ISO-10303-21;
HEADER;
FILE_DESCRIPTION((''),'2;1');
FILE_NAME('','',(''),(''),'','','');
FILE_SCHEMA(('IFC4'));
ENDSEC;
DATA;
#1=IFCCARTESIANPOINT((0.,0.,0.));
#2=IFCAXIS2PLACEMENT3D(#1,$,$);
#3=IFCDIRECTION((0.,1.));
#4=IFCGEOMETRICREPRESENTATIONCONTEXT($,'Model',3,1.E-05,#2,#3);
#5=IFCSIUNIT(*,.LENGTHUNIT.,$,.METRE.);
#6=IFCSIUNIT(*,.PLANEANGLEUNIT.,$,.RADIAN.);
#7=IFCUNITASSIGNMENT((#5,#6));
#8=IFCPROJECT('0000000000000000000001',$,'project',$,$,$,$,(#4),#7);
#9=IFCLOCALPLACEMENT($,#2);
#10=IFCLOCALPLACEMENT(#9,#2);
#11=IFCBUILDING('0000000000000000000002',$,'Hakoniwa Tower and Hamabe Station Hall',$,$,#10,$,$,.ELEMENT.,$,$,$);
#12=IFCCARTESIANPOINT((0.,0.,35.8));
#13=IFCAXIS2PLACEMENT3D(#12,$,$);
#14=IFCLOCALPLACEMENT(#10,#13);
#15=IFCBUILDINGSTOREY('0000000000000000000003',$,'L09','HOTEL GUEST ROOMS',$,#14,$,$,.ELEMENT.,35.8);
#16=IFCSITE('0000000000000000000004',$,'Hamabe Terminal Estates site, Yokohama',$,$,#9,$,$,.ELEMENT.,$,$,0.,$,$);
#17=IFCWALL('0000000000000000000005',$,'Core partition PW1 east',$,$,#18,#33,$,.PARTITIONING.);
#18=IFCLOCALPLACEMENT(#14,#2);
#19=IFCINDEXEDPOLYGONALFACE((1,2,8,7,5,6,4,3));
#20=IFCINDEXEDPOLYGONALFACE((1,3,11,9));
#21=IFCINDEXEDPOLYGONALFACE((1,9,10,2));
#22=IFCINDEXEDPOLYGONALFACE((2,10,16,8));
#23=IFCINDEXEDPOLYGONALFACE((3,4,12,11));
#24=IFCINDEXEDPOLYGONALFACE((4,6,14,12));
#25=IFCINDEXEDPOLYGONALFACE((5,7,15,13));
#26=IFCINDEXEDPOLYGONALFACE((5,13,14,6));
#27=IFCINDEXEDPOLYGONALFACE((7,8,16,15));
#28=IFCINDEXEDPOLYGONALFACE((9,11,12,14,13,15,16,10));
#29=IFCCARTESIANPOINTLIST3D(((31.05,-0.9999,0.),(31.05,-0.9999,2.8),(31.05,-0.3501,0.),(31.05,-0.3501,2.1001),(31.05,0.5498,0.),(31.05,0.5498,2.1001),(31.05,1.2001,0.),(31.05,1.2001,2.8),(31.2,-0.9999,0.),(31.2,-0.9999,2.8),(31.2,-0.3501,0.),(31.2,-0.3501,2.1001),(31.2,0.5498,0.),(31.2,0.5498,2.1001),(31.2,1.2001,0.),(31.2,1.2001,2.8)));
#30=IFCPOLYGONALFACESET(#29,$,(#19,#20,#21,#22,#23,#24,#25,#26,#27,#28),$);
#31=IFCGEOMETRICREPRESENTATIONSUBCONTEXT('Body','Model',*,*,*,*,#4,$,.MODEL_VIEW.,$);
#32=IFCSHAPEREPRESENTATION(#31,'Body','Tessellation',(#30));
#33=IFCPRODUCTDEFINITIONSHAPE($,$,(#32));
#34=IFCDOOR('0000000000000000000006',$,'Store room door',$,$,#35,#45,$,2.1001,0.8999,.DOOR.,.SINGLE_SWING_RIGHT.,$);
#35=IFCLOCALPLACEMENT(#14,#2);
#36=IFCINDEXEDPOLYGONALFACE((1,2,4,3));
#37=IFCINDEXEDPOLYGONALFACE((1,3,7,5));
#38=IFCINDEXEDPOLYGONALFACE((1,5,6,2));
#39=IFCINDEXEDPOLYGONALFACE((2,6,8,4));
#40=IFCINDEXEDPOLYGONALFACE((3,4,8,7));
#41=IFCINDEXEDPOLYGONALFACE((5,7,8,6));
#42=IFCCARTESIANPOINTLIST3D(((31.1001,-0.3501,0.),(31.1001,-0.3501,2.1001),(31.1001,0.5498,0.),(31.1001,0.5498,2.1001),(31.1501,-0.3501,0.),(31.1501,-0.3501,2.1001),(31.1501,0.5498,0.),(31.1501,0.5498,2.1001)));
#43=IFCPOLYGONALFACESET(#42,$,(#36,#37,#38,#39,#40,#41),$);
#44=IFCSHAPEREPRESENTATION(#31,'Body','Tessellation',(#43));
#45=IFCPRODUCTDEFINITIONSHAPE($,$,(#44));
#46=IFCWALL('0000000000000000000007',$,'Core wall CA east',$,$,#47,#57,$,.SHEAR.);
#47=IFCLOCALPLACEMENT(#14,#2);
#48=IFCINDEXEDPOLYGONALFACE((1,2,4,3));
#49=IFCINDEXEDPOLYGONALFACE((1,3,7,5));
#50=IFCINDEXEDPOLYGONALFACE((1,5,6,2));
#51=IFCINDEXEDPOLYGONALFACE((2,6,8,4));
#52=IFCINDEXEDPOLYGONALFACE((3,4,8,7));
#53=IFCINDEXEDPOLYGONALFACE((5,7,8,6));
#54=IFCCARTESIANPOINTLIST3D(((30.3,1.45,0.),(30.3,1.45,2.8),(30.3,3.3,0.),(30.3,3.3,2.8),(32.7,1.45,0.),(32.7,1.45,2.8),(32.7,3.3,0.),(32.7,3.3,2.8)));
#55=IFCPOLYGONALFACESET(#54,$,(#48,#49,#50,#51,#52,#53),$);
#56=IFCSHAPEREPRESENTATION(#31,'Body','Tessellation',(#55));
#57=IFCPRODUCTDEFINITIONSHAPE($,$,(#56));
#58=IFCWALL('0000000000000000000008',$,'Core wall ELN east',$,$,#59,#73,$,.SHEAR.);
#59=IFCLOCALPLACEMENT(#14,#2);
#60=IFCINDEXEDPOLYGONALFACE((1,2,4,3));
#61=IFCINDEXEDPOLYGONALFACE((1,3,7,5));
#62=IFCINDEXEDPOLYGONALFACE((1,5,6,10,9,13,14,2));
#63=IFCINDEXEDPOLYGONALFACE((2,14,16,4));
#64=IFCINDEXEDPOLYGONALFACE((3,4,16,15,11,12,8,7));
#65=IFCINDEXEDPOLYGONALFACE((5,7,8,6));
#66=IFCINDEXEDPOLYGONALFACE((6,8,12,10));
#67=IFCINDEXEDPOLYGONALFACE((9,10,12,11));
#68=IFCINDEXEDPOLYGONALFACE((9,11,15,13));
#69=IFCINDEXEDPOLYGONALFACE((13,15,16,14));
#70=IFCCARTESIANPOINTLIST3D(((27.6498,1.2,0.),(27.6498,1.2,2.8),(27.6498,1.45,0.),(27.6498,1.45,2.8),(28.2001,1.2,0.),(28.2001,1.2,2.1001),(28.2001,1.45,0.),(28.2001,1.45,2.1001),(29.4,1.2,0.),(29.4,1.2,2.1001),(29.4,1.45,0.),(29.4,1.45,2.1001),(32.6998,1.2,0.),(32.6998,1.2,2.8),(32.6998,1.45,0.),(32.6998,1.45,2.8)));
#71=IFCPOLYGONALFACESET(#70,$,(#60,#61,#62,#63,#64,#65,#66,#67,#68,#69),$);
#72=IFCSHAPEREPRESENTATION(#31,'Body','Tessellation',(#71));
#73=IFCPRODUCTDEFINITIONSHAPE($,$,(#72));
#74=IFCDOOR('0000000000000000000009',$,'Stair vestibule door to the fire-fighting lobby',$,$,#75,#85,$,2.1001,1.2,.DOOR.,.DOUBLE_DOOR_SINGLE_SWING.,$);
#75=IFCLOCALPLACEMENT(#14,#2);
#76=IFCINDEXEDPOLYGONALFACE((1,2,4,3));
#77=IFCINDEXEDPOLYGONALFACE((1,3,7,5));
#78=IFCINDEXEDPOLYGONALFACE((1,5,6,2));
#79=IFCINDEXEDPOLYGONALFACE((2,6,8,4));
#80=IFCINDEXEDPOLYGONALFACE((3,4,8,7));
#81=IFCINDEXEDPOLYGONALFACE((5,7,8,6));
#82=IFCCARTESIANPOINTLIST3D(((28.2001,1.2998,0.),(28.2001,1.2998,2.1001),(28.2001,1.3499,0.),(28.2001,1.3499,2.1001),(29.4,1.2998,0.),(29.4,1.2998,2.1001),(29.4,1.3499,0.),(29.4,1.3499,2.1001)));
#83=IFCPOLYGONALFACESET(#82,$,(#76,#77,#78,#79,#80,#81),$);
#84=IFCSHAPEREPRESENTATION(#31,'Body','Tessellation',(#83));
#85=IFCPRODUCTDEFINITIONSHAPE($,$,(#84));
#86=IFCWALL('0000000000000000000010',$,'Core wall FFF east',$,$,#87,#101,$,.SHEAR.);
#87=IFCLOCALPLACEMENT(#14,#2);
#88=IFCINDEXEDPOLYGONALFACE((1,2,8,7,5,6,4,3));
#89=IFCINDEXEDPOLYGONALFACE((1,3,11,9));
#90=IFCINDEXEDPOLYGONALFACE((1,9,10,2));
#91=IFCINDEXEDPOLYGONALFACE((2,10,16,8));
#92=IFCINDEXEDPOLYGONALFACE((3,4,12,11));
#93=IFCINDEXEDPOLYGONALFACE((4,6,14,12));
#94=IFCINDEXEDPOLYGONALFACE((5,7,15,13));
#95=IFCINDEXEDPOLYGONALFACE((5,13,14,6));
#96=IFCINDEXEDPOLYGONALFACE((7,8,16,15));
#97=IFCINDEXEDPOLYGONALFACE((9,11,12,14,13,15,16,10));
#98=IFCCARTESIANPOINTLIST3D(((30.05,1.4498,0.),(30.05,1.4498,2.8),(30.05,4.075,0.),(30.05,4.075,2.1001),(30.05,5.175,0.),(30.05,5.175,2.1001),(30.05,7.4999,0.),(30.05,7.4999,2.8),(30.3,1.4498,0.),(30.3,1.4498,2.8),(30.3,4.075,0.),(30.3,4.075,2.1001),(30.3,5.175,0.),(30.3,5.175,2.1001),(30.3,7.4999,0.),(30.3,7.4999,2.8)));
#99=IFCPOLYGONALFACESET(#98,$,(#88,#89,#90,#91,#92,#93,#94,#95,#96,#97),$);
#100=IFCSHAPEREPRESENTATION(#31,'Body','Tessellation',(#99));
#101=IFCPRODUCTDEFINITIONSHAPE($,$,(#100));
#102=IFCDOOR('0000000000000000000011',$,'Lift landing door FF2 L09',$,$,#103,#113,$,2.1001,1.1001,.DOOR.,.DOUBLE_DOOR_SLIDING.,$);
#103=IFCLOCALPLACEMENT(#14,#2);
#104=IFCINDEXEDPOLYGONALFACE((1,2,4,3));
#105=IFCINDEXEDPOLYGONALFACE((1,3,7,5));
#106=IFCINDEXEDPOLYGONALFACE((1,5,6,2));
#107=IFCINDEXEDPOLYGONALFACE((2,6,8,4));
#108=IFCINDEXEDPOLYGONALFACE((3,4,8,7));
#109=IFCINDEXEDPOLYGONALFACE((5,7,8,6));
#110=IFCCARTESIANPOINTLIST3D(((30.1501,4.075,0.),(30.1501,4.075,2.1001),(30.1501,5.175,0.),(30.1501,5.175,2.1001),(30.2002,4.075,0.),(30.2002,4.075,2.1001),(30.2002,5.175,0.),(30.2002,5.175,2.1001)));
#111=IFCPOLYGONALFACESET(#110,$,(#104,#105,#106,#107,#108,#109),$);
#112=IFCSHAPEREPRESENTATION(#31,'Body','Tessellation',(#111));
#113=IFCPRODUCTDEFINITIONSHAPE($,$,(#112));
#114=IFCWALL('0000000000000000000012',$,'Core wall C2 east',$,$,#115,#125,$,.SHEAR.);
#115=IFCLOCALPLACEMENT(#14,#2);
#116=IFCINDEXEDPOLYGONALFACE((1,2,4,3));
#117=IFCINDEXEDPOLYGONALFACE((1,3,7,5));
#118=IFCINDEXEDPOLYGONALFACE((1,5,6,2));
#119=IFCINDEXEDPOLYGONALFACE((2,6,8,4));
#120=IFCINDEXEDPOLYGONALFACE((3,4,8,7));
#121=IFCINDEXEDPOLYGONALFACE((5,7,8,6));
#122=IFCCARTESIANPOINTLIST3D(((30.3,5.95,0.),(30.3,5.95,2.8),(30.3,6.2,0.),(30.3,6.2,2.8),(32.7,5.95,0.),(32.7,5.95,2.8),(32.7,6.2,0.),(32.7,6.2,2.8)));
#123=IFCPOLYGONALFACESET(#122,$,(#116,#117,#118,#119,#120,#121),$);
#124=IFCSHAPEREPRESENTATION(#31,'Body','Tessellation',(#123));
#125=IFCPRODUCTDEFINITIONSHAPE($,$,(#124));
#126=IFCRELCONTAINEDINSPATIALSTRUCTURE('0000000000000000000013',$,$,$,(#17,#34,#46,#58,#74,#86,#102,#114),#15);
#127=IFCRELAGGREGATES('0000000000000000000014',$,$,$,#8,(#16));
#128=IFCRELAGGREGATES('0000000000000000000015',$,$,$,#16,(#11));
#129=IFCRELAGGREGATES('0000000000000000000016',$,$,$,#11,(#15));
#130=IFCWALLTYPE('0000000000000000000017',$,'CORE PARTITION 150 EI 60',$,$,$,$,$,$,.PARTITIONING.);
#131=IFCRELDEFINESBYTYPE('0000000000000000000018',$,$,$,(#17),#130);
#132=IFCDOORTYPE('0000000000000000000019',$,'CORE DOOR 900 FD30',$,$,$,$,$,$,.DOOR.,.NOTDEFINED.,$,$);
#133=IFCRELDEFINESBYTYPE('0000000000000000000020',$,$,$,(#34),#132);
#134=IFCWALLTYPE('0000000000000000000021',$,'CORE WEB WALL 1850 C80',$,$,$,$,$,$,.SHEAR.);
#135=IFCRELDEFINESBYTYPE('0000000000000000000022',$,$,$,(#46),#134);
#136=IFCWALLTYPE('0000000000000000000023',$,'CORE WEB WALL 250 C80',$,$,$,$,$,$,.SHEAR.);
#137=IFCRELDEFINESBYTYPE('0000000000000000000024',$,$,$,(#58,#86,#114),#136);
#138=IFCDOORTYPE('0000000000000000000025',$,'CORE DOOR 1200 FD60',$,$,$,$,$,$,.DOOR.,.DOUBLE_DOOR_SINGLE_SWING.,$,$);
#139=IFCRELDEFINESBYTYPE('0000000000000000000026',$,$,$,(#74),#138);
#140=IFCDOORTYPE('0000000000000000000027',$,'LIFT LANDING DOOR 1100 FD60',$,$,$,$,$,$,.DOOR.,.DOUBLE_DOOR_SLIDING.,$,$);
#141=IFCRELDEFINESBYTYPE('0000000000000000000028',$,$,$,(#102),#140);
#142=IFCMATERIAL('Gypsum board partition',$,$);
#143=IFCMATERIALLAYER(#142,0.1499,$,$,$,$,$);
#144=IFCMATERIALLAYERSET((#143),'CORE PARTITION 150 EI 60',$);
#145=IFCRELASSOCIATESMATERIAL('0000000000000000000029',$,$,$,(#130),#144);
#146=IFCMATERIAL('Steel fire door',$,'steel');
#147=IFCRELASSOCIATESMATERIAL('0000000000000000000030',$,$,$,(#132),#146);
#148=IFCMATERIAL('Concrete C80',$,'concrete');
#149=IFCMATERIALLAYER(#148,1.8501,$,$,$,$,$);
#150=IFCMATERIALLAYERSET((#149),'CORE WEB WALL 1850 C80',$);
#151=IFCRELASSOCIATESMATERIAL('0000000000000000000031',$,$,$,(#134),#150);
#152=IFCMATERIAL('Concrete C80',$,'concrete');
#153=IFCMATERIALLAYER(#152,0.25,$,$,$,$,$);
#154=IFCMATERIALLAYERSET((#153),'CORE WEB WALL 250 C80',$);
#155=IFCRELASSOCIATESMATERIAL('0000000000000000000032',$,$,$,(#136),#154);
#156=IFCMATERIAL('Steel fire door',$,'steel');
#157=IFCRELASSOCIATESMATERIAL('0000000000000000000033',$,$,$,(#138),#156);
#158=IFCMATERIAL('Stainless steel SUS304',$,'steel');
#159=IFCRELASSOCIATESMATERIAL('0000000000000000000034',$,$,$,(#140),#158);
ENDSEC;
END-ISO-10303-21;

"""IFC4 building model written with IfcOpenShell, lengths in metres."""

from ifc_helpers import new_model, si_unit, direction, frame, frame_2d, origin, place, context, subcontext, project, spatial, rectangle, extrude, material, layer, layer_set, type_object, element, fill, save


model = new_model("IFC4")

# Units and contexts
model_context = context("Model", 3, precision=1e-05, world=origin(), true_north=direction((0.0, 1.0)))
body_context = subcontext(model_context, "Body", "Model", "MODEL_VIEW")
ifc_project = project(units=[si_unit("LENGTHUNIT", "METRE"), si_unit("PLANEANGLEUNIT", "RADIAN")], contexts=[model_context])

# Site, building, storey
site_placement = place(None, origin())
site = spatial("IfcSite", under=ifc_project, at=site_placement, Name="Hamabe Terminal Estates site, Yokohama", CompositionType="ELEMENT", RefElevation=0.0)
building_placement = place(site_placement, origin())
building = spatial("IfcBuilding", under=site, at=building_placement, Name="Hakoniwa Tower and Hamabe Station Hall", CompositionType="ELEMENT")
storey_placement = place(building_placement, frame((0.0, 0.0, 35.8)))
storey = spatial("IfcBuildingStorey", under=building, at=storey_placement, Name="L09", Description="HOTEL GUEST ROOMS", CompositionType="ELEMENT", Elevation=35.8)

# Shared definitions
ifc_material_1 = material(Name="Gypsum board partition")
ifc_layer_1 = layer(ifc_material_1, 0.1499)
ifc_layer_set_1 = layer_set([ifc_layer_1], Name="CORE PARTITION 150 EI 60")
wall_type_1 = type_object("IfcWallType", Name="CORE PARTITION 150 EI 60", PredefinedType="PARTITIONING", material=ifc_layer_set_1)

# Wall, opening, door
wall_1_placement = place(storey_placement, frame((31.125, -1.0, 0.0), z_axis=(0.0, 0.0, 1.0), x_axis=(0.0, 1.0, 0.0)))
wall_1 = element("IfcWall", 1, at=wall_1_placement, inside=storey, type_object=wall_type_1, Name="Core partition PW1 east", PredefinedType="PARTITIONING", context=body_context, shape_type="SweptSolid", body=[
    extrude(rectangle(XDim=2.2, YDim=0.1499, at=frame_2d((1.1001, 0.0))), origin(), (0.0, 0.0, 1.0), 2.8),
])
opening_1_placement = place(wall_1_placement, frame((0.6499, 0.0, 0.0)))
opening_1 = element("IfcOpeningElement", 2, at=opening_1_placement, cuts=wall_1, PredefinedType="OPENING", context=body_context, shape_type="SweptSolid", body=[
    extrude(rectangle(XDim=0.8999, YDim=2.1001, at=frame_2d((0.45, 1.05))), frame((0.0, 0.085, 0.0), z_axis=(0.0, -1.0, 0.0), x_axis=(1.0, 0.0, 0.0)), (0.0, 0.0, 1.0), 0.1699),
])
ifc_material_2 = material(Name="Steel fire door", Category="steel")
door_type_1 = type_object("IfcDoorType", Name="CORE DOOR 900 FD30", OperationType="NOTDEFINED", PredefinedType="DOOR", material=ifc_material_2)
door_1_placement = place(opening_1_placement, origin())
door_1 = element("IfcDoor", 3, at=door_1_placement, inside=storey, type_object=door_type_1, Name="Store room door", OperationType="SINGLE_SWING_RIGHT", OverallHeight=2.1001, OverallWidth=0.8999, PredefinedType="DOOR", context=body_context, shape_type="SweptSolid", body=[
    extrude(rectangle(XDim=0.8999, YDim=2.1001, at=frame_2d((0.45, 1.05))), frame((0.0, 0.0249, 0.0), z_axis=(0.0, -1.0, 0.0), x_axis=(1.0, 0.0, 0.0)), (0.0, 0.0, 1.0), 0.05),
])
fill(opening_1, door_1)

# Wall
ifc_material_3 = material(Name="Concrete C80", Category="concrete")
ifc_layer_2 = layer(ifc_material_3, 1.8501)
ifc_layer_set_2 = layer_set([ifc_layer_2], Name="CORE WEB WALL 1850 C80")
wall_type_2 = type_object("IfcWallType", Name="CORE WEB WALL 1850 C80", PredefinedType="SHEAR", material=ifc_layer_set_2)
wall_2_placement = place(storey_placement, frame((30.3, 2.375, 0.0), z_axis=(0.0, 0.0, 1.0), x_axis=(1.0, 0.0, 0.0)))
element("IfcWall", 4, at=wall_2_placement, inside=storey, type_object=wall_type_2, Name="Core wall CA east", PredefinedType="SHEAR", context=body_context, shape_type="SweptSolid", body=[
    extrude(rectangle(XDim=2.3999, YDim=1.8501, at=frame_2d((1.2, 0.0))), origin(), (0.0, 0.0, 1.0), 2.8),
])

# Walls, openings, doors
ifc_material_4 = material(Name="Concrete C80", Category="concrete")
ifc_layer_3 = layer(ifc_material_4, 0.25)
ifc_layer_set_3 = layer_set([ifc_layer_3], Name="CORE WEB WALL 250 C80")
wall_type_3 = type_object("IfcWallType", Name="CORE WEB WALL 250 C80", PredefinedType="SHEAR", material=ifc_layer_set_3)
wall_3_placement = place(storey_placement, frame((27.6499, 1.325, 0.0), z_axis=(0.0, 0.0, 1.0), x_axis=(1.0, 0.0, 0.0)))
wall_3 = element("IfcWall", 5, at=wall_3_placement, inside=storey, type_object=wall_type_3, Name="Core wall ELN east", PredefinedType="SHEAR", context=body_context, shape_type="SweptSolid", body=[
    extrude(rectangle(XDim=5.05, YDim=0.25, at=frame_2d((2.5249, 0.0))), origin(), (0.0, 0.0, 1.0), 2.8),
])
opening_2_placement = place(wall_3_placement, frame((0.55, 0.0, 0.0)))
opening_2 = element("IfcOpeningElement", 6, at=opening_2_placement, cuts=wall_3, PredefinedType="OPENING", context=body_context, shape_type="SweptSolid", body=[
    extrude(rectangle(XDim=1.2, YDim=2.1001, at=frame_2d((0.6001, 1.05))), frame((0.0, 0.135, 0.0), z_axis=(0.0, -1.0, 0.0), x_axis=(1.0, 0.0, 0.0)), (0.0, 0.0, 1.0), 0.27),
])
ifc_material_5 = material(Name="Steel fire door", Category="steel")
door_type_2 = type_object("IfcDoorType", Name="CORE DOOR 1200 FD60", OperationType="DOUBLE_DOOR_SINGLE_SWING", PredefinedType="DOOR", material=ifc_material_5)
door_2_placement = place(opening_2_placement, origin())
door_2 = element("IfcDoor", 7, at=door_2_placement, inside=storey, type_object=door_type_2, Name="Stair vestibule door to the fire-fighting lobby", OperationType="DOUBLE_DOOR_SINGLE_SWING", OverallHeight=2.1001, OverallWidth=1.2, PredefinedType="DOOR", context=body_context, shape_type="SweptSolid", body=[
    extrude(rectangle(XDim=1.2, YDim=2.1001, at=frame_2d((0.6001, 1.05))), frame((0.0, 0.0249, 0.0), z_axis=(0.0, -1.0, 0.0), x_axis=(1.0, 0.0, 0.0)), (0.0, 0.0, 1.0), 0.05),
])
fill(opening_2, door_2)
wall_4_placement = place(storey_placement, frame((30.175, 1.45, 0.0), z_axis=(0.0, 0.0, 1.0), x_axis=(0.0, 1.0, 0.0)))
wall_4 = element("IfcWall", 8, at=wall_4_placement, inside=storey, type_object=wall_type_3, Name="Core wall FFF east", PredefinedType="SHEAR", context=body_context, shape_type="SweptSolid", body=[
    extrude(rectangle(XDim=6.05, YDim=0.25, at=frame_2d((3.0249, 0.0))), origin(), (0.0, 0.0, 1.0), 2.8),
])
opening_3_placement = place(wall_4_placement, frame((2.625, 0.0, 0.0)))
opening_3 = element("IfcOpeningElement", 9, at=opening_3_placement, cuts=wall_4, PredefinedType="OPENING", context=body_context, shape_type="SweptSolid", body=[
    extrude(rectangle(XDim=1.1001, YDim=2.1001, at=frame_2d((0.55, 1.05))), frame((0.0, 0.135, 0.0), z_axis=(0.0, -1.0, 0.0), x_axis=(1.0, 0.0, 0.0)), (0.0, 0.0, 1.0), 0.27),
])
ifc_material_6 = material(Name="Stainless steel SUS304", Category="steel")
door_type_3 = type_object("IfcDoorType", Name="LIFT LANDING DOOR 1100 FD60", OperationType="DOUBLE_DOOR_SLIDING", PredefinedType="DOOR", material=ifc_material_6)
door_3_placement = place(opening_3_placement, origin())
door_3 = element("IfcDoor", 10, at=door_3_placement, inside=storey, type_object=door_type_3, Name="Lift landing door FF2 L09", OperationType="DOUBLE_DOOR_SLIDING", OverallHeight=2.1001, OverallWidth=1.1001, PredefinedType="DOOR", context=body_context, shape_type="SweptSolid", body=[
    extrude(rectangle(XDim=1.1001, YDim=2.1001, at=frame_2d((0.55, 1.05))), frame((0.0, 0.0249, 0.0), z_axis=(0.0, -1.0, 0.0), x_axis=(1.0, 0.0, 0.0)), (0.0, 0.0, 1.0), 0.05),
])
fill(opening_3, door_3)

# Wall
wall_5_placement = place(storey_placement, frame((30.3, 6.075, 0.0), z_axis=(0.0, 0.0, 1.0), x_axis=(1.0, 0.0, 0.0)))
element("IfcWall", 11, at=wall_5_placement, inside=storey, type_object=wall_type_3, Name="Core wall C2 east", PredefinedType="SHEAR", context=body_context, shape_type="SweptSolid", body=[
    extrude(rectangle(XDim=2.3999, YDim=0.25, at=frame_2d((1.2, 0.0))), origin(), (0.0, 0.0, 1.0), 2.8),
])

save(model, "model.ifc")
